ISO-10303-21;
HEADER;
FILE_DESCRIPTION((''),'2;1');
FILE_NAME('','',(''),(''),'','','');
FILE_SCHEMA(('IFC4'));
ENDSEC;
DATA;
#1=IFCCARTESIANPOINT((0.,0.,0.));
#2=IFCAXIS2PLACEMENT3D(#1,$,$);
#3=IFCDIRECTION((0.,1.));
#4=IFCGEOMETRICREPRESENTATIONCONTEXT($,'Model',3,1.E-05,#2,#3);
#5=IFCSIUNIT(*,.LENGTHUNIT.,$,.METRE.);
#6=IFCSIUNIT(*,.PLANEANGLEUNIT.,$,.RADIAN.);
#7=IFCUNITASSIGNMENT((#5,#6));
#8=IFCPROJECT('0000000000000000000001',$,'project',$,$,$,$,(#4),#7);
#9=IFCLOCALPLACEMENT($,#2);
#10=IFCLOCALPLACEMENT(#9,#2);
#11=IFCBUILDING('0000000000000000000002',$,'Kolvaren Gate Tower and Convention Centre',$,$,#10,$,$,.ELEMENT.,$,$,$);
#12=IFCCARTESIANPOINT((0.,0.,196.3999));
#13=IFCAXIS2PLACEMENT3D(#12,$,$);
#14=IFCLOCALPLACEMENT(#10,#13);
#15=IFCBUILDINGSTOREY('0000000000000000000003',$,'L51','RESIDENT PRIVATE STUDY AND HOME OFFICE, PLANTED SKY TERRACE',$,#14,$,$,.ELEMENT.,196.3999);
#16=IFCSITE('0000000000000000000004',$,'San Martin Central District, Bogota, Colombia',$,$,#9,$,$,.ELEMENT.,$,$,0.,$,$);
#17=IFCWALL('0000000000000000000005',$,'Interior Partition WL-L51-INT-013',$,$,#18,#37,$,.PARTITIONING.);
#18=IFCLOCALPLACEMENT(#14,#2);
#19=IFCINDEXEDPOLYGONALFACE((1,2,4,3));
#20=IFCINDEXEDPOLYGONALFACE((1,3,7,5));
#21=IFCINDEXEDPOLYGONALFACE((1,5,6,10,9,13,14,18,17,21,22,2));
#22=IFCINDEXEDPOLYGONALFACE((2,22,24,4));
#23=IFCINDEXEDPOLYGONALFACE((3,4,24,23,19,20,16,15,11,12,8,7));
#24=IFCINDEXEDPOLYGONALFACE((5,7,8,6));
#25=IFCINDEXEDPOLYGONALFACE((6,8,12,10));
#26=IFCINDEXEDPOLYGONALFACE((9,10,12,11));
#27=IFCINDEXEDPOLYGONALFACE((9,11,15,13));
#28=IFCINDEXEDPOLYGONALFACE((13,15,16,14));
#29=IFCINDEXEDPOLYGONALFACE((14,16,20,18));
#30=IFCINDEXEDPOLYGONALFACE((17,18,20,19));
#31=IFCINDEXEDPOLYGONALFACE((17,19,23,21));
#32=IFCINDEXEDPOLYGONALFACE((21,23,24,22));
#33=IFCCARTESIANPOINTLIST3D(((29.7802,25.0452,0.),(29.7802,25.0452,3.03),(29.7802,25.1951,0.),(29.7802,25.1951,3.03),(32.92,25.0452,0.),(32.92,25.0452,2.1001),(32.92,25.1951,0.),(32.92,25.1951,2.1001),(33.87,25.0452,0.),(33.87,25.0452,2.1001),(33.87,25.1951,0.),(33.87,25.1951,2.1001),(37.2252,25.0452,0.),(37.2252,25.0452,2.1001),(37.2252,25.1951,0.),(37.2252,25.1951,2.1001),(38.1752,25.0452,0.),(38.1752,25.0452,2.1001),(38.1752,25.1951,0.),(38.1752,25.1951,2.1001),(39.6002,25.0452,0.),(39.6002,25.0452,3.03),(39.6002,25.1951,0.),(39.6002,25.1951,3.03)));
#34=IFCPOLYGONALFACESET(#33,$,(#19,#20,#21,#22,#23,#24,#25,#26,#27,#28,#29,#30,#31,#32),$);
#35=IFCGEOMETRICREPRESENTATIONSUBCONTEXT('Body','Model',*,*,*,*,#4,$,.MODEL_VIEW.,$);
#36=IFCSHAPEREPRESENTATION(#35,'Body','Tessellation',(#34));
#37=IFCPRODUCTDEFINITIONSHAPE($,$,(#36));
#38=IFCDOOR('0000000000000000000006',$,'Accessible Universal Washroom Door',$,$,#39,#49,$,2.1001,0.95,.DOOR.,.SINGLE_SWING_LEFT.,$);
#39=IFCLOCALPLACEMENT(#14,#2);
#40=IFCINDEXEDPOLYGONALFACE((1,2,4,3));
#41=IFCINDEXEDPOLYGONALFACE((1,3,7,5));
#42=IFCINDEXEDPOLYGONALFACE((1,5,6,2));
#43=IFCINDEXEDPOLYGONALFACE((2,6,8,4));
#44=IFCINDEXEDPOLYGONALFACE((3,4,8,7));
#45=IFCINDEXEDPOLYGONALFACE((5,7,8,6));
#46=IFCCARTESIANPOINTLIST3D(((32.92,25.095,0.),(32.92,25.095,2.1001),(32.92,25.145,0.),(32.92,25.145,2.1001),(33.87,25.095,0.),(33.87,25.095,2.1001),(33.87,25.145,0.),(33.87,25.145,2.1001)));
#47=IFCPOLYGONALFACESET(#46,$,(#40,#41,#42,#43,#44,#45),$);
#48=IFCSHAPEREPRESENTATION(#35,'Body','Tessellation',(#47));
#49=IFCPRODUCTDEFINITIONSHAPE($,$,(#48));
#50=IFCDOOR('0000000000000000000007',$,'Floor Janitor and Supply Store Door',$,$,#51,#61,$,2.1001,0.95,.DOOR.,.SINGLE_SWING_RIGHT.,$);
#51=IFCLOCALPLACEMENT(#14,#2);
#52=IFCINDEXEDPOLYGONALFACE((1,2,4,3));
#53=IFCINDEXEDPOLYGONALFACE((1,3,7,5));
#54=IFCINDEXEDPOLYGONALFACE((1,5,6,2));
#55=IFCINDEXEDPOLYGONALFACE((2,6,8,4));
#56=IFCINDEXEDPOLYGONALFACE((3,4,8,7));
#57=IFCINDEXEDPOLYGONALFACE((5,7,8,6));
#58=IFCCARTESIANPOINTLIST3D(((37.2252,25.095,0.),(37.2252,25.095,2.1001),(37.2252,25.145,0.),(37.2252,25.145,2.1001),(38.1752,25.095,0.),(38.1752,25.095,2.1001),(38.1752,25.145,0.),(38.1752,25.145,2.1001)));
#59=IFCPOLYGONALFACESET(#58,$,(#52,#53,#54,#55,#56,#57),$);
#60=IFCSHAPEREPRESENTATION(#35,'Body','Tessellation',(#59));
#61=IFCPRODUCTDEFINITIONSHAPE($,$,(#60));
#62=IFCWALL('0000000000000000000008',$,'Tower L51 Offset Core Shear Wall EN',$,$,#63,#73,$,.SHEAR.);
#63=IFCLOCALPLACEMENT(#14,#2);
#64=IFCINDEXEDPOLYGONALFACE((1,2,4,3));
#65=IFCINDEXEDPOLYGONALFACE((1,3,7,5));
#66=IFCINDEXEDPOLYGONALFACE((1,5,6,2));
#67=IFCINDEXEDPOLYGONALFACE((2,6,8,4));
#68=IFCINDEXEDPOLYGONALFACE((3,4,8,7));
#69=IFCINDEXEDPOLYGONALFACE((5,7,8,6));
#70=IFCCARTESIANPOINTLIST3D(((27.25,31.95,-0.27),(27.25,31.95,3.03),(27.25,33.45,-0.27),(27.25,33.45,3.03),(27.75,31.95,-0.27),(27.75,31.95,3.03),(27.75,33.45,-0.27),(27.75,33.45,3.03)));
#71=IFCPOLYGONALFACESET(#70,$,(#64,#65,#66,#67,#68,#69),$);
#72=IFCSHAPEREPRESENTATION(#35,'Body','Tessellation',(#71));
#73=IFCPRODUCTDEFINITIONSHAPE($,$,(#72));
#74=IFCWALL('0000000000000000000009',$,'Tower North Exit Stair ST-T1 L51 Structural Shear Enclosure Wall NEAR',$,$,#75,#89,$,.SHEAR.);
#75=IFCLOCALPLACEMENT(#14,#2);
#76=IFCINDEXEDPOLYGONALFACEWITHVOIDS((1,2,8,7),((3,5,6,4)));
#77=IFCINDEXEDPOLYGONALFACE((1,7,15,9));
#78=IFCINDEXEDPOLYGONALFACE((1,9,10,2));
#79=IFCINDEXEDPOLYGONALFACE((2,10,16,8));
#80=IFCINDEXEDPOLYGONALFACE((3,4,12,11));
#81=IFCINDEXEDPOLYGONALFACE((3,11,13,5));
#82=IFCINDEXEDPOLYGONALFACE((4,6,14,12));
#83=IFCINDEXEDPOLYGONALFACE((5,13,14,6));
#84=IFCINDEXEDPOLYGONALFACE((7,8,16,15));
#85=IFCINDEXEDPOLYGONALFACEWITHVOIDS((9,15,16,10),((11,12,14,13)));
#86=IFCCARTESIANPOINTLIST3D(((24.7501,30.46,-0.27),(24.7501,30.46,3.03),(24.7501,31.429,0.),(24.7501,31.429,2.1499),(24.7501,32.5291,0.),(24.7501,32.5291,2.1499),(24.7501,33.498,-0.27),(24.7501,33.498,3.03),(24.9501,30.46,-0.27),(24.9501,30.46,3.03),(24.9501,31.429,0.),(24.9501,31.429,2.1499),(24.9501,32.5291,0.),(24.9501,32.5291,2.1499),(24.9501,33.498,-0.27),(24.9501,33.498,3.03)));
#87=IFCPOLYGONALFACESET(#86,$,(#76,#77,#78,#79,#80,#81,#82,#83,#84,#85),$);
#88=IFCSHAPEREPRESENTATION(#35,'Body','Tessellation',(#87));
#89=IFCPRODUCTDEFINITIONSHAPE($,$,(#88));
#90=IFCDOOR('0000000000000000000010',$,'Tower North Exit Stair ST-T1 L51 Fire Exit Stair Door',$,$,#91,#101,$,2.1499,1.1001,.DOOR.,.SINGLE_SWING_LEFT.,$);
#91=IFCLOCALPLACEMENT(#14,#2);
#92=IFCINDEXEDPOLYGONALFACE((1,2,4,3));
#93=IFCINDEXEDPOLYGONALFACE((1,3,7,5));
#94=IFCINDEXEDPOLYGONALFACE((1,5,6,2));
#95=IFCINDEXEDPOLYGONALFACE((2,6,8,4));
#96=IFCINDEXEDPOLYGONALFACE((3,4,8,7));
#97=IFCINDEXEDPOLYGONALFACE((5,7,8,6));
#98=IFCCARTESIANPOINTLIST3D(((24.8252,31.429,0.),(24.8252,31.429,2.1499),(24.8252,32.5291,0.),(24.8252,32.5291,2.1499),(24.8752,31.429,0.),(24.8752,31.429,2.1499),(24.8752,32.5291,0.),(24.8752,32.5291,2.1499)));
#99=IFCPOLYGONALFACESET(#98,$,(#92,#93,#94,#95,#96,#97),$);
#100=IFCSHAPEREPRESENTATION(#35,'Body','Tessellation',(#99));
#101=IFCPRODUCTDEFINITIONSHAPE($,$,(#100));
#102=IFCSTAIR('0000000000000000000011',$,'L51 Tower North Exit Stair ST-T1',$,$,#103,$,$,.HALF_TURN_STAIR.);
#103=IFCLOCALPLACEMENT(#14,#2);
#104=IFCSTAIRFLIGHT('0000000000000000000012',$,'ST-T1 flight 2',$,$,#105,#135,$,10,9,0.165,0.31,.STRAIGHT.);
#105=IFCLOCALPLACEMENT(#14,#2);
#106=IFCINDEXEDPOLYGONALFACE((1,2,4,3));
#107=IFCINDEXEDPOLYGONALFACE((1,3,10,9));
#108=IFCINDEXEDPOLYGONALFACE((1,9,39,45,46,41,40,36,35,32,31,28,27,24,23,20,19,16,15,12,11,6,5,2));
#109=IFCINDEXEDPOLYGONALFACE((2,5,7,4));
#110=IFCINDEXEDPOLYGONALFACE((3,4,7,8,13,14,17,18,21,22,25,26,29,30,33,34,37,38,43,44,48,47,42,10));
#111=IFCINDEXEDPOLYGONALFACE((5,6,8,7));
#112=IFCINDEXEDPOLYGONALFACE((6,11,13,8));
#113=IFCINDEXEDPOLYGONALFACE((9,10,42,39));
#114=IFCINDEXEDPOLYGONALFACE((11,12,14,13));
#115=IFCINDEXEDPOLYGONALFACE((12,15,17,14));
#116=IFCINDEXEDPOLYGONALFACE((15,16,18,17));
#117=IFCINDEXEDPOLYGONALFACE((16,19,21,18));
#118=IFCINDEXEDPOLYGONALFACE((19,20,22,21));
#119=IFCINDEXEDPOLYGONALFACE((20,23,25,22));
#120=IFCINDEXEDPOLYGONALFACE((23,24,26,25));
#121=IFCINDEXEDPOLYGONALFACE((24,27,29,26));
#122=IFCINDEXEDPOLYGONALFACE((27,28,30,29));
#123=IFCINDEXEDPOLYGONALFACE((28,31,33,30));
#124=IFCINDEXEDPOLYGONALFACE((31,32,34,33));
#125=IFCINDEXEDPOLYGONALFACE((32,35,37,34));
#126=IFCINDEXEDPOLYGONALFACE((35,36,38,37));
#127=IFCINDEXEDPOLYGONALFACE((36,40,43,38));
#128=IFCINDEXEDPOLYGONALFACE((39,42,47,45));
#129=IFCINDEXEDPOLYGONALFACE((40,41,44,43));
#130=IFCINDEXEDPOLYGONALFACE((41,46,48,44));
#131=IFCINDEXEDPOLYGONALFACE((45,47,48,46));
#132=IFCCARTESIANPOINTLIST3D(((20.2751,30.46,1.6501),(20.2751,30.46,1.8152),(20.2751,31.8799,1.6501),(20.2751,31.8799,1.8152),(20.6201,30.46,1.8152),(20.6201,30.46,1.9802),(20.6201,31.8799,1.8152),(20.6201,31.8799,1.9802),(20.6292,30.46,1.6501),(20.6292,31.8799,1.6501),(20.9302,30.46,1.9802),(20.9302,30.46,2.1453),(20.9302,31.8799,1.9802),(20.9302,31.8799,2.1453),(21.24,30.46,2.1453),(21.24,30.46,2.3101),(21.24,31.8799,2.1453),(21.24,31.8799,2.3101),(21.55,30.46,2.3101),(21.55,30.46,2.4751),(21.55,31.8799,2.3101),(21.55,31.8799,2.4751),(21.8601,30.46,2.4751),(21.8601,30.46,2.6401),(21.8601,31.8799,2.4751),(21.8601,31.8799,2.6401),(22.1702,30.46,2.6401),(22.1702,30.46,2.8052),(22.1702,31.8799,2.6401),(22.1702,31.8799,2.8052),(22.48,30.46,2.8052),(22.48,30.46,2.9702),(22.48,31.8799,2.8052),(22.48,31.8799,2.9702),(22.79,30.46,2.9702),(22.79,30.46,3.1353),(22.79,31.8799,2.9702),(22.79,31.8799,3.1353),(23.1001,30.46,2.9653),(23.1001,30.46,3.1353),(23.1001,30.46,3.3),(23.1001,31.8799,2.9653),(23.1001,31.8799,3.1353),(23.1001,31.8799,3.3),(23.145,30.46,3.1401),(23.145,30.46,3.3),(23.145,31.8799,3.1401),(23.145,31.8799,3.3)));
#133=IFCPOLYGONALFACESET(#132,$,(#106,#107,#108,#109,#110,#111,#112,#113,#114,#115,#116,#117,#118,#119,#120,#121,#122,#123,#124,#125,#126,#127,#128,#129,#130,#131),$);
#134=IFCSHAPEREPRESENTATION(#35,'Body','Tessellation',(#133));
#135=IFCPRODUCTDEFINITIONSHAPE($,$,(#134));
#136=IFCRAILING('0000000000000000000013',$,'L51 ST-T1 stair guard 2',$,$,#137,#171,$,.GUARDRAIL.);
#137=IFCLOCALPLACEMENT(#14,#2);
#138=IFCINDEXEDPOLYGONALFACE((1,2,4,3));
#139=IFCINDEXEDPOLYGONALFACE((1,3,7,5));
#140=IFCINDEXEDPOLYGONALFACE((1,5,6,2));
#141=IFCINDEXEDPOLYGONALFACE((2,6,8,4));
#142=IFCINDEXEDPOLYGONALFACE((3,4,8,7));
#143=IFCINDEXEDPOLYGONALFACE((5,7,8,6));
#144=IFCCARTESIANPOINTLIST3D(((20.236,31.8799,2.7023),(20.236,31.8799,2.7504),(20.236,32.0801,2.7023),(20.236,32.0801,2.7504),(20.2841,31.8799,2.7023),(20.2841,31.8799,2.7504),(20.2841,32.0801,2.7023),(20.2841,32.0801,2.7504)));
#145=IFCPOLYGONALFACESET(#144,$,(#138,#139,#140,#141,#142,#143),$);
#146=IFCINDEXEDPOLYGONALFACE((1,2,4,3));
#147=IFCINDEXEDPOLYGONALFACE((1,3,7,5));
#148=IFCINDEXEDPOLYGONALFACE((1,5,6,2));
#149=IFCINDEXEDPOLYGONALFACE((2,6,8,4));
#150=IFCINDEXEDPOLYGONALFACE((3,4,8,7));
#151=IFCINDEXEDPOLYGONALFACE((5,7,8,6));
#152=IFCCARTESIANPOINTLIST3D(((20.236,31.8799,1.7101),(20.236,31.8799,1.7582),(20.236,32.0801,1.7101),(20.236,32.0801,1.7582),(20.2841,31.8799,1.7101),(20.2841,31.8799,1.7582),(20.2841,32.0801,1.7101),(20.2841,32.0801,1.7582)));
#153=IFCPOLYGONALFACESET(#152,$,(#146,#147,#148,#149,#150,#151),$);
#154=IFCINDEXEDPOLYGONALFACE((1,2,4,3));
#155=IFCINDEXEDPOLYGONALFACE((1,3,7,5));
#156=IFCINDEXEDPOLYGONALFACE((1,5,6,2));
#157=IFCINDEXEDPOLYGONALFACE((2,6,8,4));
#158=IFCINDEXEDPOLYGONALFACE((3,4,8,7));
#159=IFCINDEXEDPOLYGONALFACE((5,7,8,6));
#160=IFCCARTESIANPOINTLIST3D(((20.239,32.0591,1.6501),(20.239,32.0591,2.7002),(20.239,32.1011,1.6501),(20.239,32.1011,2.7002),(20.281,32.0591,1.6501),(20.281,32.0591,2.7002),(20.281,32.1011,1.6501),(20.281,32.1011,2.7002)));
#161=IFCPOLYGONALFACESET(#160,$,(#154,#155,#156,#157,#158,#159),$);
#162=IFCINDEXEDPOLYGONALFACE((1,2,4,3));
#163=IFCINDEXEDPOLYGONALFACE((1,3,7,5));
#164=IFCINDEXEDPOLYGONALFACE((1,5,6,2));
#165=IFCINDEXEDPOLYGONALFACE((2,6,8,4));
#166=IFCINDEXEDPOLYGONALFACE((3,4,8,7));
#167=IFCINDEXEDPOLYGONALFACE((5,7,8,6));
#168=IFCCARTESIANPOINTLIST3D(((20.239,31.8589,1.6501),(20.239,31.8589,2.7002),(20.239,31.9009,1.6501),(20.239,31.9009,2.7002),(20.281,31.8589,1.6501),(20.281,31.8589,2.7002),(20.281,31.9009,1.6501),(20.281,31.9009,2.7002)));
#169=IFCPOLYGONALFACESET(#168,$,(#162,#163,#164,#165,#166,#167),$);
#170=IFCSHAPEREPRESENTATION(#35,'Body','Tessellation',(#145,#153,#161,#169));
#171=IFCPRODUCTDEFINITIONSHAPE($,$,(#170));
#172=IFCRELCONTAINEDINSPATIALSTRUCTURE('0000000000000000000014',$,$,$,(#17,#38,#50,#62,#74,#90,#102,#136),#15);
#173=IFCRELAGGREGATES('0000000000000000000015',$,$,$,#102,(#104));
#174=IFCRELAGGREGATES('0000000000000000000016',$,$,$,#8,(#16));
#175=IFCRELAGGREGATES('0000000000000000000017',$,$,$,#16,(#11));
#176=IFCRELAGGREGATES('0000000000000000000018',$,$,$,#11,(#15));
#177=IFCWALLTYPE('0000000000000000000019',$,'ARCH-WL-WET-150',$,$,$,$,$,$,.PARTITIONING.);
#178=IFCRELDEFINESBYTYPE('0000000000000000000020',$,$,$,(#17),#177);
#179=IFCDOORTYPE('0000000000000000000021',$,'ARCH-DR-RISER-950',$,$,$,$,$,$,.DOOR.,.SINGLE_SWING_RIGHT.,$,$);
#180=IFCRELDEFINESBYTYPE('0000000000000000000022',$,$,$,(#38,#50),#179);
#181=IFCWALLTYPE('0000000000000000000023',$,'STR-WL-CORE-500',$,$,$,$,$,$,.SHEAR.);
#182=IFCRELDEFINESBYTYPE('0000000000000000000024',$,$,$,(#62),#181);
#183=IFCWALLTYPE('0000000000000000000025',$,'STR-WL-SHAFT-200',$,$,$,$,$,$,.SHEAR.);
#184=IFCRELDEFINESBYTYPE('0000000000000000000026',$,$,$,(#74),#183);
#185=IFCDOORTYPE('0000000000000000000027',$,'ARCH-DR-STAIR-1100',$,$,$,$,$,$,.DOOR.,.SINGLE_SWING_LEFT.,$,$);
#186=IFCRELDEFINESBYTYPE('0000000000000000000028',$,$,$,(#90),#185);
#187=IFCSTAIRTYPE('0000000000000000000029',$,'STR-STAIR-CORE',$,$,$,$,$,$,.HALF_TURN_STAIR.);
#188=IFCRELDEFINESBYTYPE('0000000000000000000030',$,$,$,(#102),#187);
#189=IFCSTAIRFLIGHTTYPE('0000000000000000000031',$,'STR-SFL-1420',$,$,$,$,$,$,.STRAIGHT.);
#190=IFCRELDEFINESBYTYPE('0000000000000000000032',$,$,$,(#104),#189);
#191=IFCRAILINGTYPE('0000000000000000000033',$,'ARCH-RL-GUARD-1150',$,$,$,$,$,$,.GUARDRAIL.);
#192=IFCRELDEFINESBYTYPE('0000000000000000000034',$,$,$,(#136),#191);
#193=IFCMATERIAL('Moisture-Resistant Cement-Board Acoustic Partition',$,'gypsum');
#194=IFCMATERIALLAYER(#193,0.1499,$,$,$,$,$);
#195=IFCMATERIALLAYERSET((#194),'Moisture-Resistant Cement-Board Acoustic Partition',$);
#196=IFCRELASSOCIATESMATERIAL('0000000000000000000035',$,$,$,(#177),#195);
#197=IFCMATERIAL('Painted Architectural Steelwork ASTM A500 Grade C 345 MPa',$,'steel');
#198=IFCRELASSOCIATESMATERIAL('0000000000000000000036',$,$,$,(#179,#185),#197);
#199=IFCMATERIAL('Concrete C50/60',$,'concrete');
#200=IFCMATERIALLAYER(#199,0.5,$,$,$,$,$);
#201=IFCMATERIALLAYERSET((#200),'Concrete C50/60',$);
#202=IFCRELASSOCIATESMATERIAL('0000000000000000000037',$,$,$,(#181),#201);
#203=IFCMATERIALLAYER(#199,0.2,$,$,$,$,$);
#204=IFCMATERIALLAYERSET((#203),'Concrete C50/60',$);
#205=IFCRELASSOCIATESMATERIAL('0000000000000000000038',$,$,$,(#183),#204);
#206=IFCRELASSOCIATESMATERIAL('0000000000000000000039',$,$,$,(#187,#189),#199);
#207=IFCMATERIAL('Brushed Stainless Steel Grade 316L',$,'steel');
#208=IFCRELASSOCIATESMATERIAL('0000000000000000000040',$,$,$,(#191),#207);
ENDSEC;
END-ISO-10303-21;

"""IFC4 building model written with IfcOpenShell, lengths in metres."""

from ifc_helpers import new_model, si_unit, direction, frame, frame_2d, origin, origin_2d, place, context, subcontext, project, spatial, polyline, rectangle, outline, extrude, material, layer, layer_set, type_object, element, fill, aggregate, save


model = new_model("IFC4")

# Units and contexts
model_context = context("Model", 3, precision=1e-05, world=origin(), true_north=direction((0.0, 1.0)))
body_context = subcontext(model_context, "Body", "Model", "MODEL_VIEW")
ifc_project = project(units=[si_unit("LENGTHUNIT", "METRE"), si_unit("PLANEANGLEUNIT", "RADIAN")], contexts=[model_context])

# Site, building, storey
site_placement = place(None, origin())
site = spatial("IfcSite", under=ifc_project, at=site_placement, Name="San Martin Central District, Bogota, Colombia", CompositionType="ELEMENT", RefElevation=0.0)
building_placement = place(site_placement, origin())
building = spatial("IfcBuilding", under=site, at=building_placement, Name="Kolvaren Gate Tower and Convention Centre", CompositionType="ELEMENT")
storey_placement = place(building_placement, frame((0.0, 0.0, 196.3999)))
storey = spatial("IfcBuildingStorey", under=building, at=storey_placement, Name="L51", Description="RESIDENT PRIVATE STUDY AND HOME OFFICE, PLANTED SKY TERRACE", CompositionType="ELEMENT", Elevation=196.3999)

# Shared definitions
ifc_material_1 = material(Name="Brushed Stainless Steel Grade 316L", Category="steel")

# Wall, openings, doors
ifc_material_2 = material(Name="Moisture-Resistant Cement-Board Acoustic Partition", Category="gypsum")
ifc_layer_1 = layer(ifc_material_2, 0.1499)
ifc_layer_set_1 = layer_set([ifc_layer_1], Name="Moisture-Resistant Cement-Board Acoustic Partition")
wall_type_1 = type_object("IfcWallType", Name="ARCH-WL-WET-150", PredefinedType="PARTITIONING", material=ifc_layer_set_1)
wall_1_placement = place(storey_placement, frame((29.78, 25.1201, 0.0), z_axis=(0.0, 0.0, 1.0), x_axis=(1.0, 0.0, 0.0)))
wall_1 = element("IfcWall", 1, at=wall_1_placement, inside=storey, type_object=wall_type_1, Name="Interior Partition WL-L51-INT-013", PredefinedType="PARTITIONING", context=body_context, shape_type="SweptSolid", body=[
    extrude(rectangle(XDim=9.8201, YDim=0.1499, at=frame_2d((4.9102, 0.0))), origin(), (0.0, 0.0, 1.0), 3.03),
])
opening_1_placement = place(wall_1_placement, frame((3.1399, 0.0, 0.0)))
opening_1 = element("IfcOpeningElement", 2, at=opening_1_placement, cuts=wall_1, PredefinedType="OPENING", context=body_context, shape_type="SweptSolid", body=[
    extrude(rectangle(XDim=0.95, YDim=2.1001, at=frame_2d((0.4751, 1.05))), frame((0.0, 0.085, 0.0), z_axis=(0.0, -1.0, 0.0), x_axis=(1.0, 0.0, 0.0)), (0.0, 0.0, 1.0), 0.1699),
])
opening_2_placement = place(wall_1_placement, frame((7.4451, 0.0, 0.0)))
opening_2 = element("IfcOpeningElement", 3, at=opening_2_placement, cuts=wall_1, PredefinedType="OPENING", context=body_context, shape_type="SweptSolid", body=[
    extrude(rectangle(XDim=0.95, YDim=2.1001, at=frame_2d((0.4751, 1.05))), frame((0.0, 0.085, 0.0), z_axis=(0.0, -1.0, 0.0), x_axis=(1.0, 0.0, 0.0)), (0.0, 0.0, 1.0), 0.1699),
])
ifc_material_3 = material(Name="Painted Architectural Steelwork ASTM A500 Grade C 345 MPa", Category="steel")
door_type_1 = type_object("IfcDoorType", Name="ARCH-DR-RISER-950", OperationType="SINGLE_SWING_RIGHT", PredefinedType="DOOR", material=ifc_material_3)
door_1_placement = place(opening_1_placement, origin())
door_1 = element("IfcDoor", 4, at=door_1_placement, inside=storey, type_object=door_type_1, Name="Accessible Universal Washroom Door", OperationType="SINGLE_SWING_LEFT", OverallHeight=2.1001, OverallWidth=0.95, PredefinedType="DOOR", context=body_context, shape_type="SweptSolid", body=[
    extrude(rectangle(XDim=0.95, YDim=2.1001, at=frame_2d((0.4751, 1.05))), frame((0.0, 0.0249, 0.0), z_axis=(0.0, -1.0, 0.0), x_axis=(1.0, 0.0, 0.0)), (0.0, 0.0, 1.0), 0.05),
])
fill(opening_1, door_1)
door_2_placement = place(opening_2_placement, origin())
door_2 = element("IfcDoor", 5, at=door_2_placement, inside=storey, type_object=door_type_1, Name="Floor Janitor and Supply Store Door", OperationType="SINGLE_SWING_RIGHT", OverallHeight=2.1001, OverallWidth=0.95, PredefinedType="DOOR", context=body_context, shape_type="SweptSolid", body=[
    extrude(rectangle(XDim=0.95, YDim=2.1001, at=frame_2d((0.4751, 1.05))), frame((0.0, 0.0249, 0.0), z_axis=(0.0, -1.0, 0.0), x_axis=(1.0, 0.0, 0.0)), (0.0, 0.0, 1.0), 0.05),
])
fill(opening_2, door_2)

# Wall
ifc_material_4 = material(Name="Concrete C50/60", Category="concrete")
ifc_layer_2 = layer(ifc_material_4, 0.5)
ifc_layer_set_2 = layer_set([ifc_layer_2], Name="Concrete C50/60")
wall_type_2 = type_object("IfcWallType", Name="STR-WL-CORE-500", PredefinedType="SHEAR", material=ifc_layer_set_2)
wall_2_placement = place(storey_placement, frame((27.5, 31.95, -0.27), z_axis=(0.0, 0.0, 1.0), x_axis=(0.0, 1.0, 0.0)))
element("IfcWall", 6, at=wall_2_placement, inside=storey, type_object=wall_type_2, Name="Tower L51 Offset Core Shear Wall EN", PredefinedType="SHEAR", context=body_context, shape_type="SweptSolid", body=[
    extrude(rectangle(XDim=1.5, YDim=0.5, at=frame_2d((0.75, 0.0))), origin(), (0.0, 0.0, 1.0), 3.3),
])

# Wall, opening, door
ifc_layer_3 = layer(ifc_material_4, 0.2)
ifc_layer_set_3 = layer_set([ifc_layer_3], Name="Concrete C50/60")
wall_type_3 = type_object("IfcWallType", Name="STR-WL-SHAFT-200", PredefinedType="SHEAR", material=ifc_layer_set_3)
wall_3_placement = place(storey_placement, frame((24.8501, 30.46, -0.27), z_axis=(0.0, 0.0, 1.0), x_axis=(0.0, 1.0, 0.0)))
wall_3 = element("IfcWall", 7, at=wall_3_placement, inside=storey, type_object=wall_type_3, Name="Tower North Exit Stair ST-T1 L51 Structural Shear Enclosure Wall NEAR", PredefinedType="SHEAR", context=body_context, shape_type="SweptSolid", body=[
    extrude(rectangle(XDim=3.0381, YDim=0.2, at=frame_2d((1.519, 0.0))), origin(), (0.0, 0.0, 1.0), 3.3),
])
opening_3_placement = place(wall_3_placement, frame((0.969, 0.0, 0.27)))
opening_3 = element("IfcOpeningElement", 8, at=opening_3_placement, cuts=wall_3, PredefinedType="OPENING", context=body_context, shape_type="SweptSolid", body=[
    extrude(rectangle(XDim=1.1001, YDim=2.1499, at=frame_2d((0.55, 1.075))), frame((0.0, 0.1099, 0.0), z_axis=(0.0, -1.0, 0.0), x_axis=(1.0, 0.0, 0.0)), (0.0, 0.0, 1.0), 0.22),
])
door_type_2 = type_object("IfcDoorType", Name="ARCH-DR-STAIR-1100", OperationType="SINGLE_SWING_LEFT", PredefinedType="DOOR", material=ifc_material_3)
door_3_placement = place(opening_3_placement, origin())
door_3 = element("IfcDoor", 9, at=door_3_placement, inside=storey, type_object=door_type_2, Name="Tower North Exit Stair ST-T1 L51 Fire Exit Stair Door", OperationType="SINGLE_SWING_LEFT", OverallHeight=2.1499, OverallWidth=1.1001, PredefinedType="DOOR", context=body_context, shape_type="SweptSolid", body=[
    extrude(rectangle(XDim=1.1001, YDim=2.1499, at=frame_2d((0.55, 1.075))), frame((0.0, 0.0249, 0.0), z_axis=(0.0, -1.0, 0.0), x_axis=(1.0, 0.0, 0.0)), (0.0, 0.0, 1.0), 0.05),
])
fill(opening_3, door_3)

# Stair, stair flight
stair_type = type_object("IfcStairType", Name="STR-STAIR-CORE", PredefinedType="HALF_TURN_STAIR", material=ifc_material_4)
stair_placement = place(storey_placement, origin())
stair = element("IfcStair", 10, at=stair_placement, inside=storey, type_object=stair_type, Name="L51 Tower North Exit Stair ST-T1", PredefinedType="HALF_TURN_STAIR")
stair_flight_type = type_object("IfcStairFlightType", Name="STR-SFL-1420", PredefinedType="STRAIGHT", material=ifc_material_4)
stair_flight_placement = place(storey_placement, frame((20.3101, 31.1699, 1.6501), z_axis=(0.0, 0.0, 1.0), x_axis=(1.0, 0.0, 0.0)))
stair_flight = element("IfcStairFlight", 11, at=stair_flight_placement, type_object=stair_flight_type, Name="ST-T1 flight 2", NumberOfRisers=10, NumberOfTreads=9, PredefinedType="STRAIGHT", RiserHeight=0.165, TreadLength=0.31, context=body_context, shape_type="SweptSolid", body=[
    extrude(outline(polyline([(-0.0349, 0.0), (-0.0349, 0.165), (0.3101, 0.165), (0.3101, 0.3301), (0.6201, 0.3301), (0.6201, 0.4951), (0.9299, 0.4951), (0.9299, 0.6599), (1.24, 0.6599), (1.24, 0.825), (1.55, 0.825), (1.55, 0.99), (1.8601, 0.99), (1.8601, 1.155), (2.1699, 1.155), (2.1699, 1.3201), (2.48, 1.3201), (2.48, 1.4851), (2.79, 1.4851), (2.79, 1.6499), (2.835, 1.6499), (2.835, 1.49), (2.79, 1.3152), (0.3191, 0.0), (-0.0349, 0.0)])), frame((0.0, 0.71, 0.0), z_axis=(0.0, -1.0, 0.0), x_axis=(1.0, 0.0, 0.0)), (0.0, 0.0, 1.0), 1.4199),
])
aggregate(stair, [stair_flight])

# Railing
railing_type_1 = type_object("IfcRailingType", Name="ARCH-RL-GUARD-1150", PredefinedType="GUARDRAIL", material=ifc_material_1)
railing_1_placement = place(storey_placement, frame((20.26, 32.0801, 1.6501)))
element("IfcRailing", 12, at=railing_1_placement, inside=storey, type_object=railing_type_1, Name="L51 ST-T1 stair guard 2", PredefinedType="GUARDRAIL", context=body_context, shape_type="SweptSolid", body=[
    extrude(rectangle(XDim=0.0481, YDim=0.0481, at=origin_2d()), frame((0.0, 0.0, 1.0762), z_axis=(0.0, -1.0, 0.0), x_axis=(1.0, 0.0, 0.0)), (0.0, 0.0, 1.0), 0.2002),
    extrude(rectangle(XDim=0.0481, YDim=0.0481, at=origin_2d()), frame((0.0, 0.0, 0.084), z_axis=(0.0, -1.0, 0.0), x_axis=(1.0, 0.0, 0.0)), (0.0, 0.0, 1.0), 0.2002),
    extrude(rectangle(XDim=0.042, YDim=0.042, at=origin_2d()), origin(), (0.0, 0.0, 1.0), 1.05),
    extrude(rectangle(XDim=0.042, YDim=0.042, at=origin_2d()), frame((0.0, -0.2002, 0.0)), (0.0, 0.0, 1.0), 1.05),
])

save(model, "model.ifc")
